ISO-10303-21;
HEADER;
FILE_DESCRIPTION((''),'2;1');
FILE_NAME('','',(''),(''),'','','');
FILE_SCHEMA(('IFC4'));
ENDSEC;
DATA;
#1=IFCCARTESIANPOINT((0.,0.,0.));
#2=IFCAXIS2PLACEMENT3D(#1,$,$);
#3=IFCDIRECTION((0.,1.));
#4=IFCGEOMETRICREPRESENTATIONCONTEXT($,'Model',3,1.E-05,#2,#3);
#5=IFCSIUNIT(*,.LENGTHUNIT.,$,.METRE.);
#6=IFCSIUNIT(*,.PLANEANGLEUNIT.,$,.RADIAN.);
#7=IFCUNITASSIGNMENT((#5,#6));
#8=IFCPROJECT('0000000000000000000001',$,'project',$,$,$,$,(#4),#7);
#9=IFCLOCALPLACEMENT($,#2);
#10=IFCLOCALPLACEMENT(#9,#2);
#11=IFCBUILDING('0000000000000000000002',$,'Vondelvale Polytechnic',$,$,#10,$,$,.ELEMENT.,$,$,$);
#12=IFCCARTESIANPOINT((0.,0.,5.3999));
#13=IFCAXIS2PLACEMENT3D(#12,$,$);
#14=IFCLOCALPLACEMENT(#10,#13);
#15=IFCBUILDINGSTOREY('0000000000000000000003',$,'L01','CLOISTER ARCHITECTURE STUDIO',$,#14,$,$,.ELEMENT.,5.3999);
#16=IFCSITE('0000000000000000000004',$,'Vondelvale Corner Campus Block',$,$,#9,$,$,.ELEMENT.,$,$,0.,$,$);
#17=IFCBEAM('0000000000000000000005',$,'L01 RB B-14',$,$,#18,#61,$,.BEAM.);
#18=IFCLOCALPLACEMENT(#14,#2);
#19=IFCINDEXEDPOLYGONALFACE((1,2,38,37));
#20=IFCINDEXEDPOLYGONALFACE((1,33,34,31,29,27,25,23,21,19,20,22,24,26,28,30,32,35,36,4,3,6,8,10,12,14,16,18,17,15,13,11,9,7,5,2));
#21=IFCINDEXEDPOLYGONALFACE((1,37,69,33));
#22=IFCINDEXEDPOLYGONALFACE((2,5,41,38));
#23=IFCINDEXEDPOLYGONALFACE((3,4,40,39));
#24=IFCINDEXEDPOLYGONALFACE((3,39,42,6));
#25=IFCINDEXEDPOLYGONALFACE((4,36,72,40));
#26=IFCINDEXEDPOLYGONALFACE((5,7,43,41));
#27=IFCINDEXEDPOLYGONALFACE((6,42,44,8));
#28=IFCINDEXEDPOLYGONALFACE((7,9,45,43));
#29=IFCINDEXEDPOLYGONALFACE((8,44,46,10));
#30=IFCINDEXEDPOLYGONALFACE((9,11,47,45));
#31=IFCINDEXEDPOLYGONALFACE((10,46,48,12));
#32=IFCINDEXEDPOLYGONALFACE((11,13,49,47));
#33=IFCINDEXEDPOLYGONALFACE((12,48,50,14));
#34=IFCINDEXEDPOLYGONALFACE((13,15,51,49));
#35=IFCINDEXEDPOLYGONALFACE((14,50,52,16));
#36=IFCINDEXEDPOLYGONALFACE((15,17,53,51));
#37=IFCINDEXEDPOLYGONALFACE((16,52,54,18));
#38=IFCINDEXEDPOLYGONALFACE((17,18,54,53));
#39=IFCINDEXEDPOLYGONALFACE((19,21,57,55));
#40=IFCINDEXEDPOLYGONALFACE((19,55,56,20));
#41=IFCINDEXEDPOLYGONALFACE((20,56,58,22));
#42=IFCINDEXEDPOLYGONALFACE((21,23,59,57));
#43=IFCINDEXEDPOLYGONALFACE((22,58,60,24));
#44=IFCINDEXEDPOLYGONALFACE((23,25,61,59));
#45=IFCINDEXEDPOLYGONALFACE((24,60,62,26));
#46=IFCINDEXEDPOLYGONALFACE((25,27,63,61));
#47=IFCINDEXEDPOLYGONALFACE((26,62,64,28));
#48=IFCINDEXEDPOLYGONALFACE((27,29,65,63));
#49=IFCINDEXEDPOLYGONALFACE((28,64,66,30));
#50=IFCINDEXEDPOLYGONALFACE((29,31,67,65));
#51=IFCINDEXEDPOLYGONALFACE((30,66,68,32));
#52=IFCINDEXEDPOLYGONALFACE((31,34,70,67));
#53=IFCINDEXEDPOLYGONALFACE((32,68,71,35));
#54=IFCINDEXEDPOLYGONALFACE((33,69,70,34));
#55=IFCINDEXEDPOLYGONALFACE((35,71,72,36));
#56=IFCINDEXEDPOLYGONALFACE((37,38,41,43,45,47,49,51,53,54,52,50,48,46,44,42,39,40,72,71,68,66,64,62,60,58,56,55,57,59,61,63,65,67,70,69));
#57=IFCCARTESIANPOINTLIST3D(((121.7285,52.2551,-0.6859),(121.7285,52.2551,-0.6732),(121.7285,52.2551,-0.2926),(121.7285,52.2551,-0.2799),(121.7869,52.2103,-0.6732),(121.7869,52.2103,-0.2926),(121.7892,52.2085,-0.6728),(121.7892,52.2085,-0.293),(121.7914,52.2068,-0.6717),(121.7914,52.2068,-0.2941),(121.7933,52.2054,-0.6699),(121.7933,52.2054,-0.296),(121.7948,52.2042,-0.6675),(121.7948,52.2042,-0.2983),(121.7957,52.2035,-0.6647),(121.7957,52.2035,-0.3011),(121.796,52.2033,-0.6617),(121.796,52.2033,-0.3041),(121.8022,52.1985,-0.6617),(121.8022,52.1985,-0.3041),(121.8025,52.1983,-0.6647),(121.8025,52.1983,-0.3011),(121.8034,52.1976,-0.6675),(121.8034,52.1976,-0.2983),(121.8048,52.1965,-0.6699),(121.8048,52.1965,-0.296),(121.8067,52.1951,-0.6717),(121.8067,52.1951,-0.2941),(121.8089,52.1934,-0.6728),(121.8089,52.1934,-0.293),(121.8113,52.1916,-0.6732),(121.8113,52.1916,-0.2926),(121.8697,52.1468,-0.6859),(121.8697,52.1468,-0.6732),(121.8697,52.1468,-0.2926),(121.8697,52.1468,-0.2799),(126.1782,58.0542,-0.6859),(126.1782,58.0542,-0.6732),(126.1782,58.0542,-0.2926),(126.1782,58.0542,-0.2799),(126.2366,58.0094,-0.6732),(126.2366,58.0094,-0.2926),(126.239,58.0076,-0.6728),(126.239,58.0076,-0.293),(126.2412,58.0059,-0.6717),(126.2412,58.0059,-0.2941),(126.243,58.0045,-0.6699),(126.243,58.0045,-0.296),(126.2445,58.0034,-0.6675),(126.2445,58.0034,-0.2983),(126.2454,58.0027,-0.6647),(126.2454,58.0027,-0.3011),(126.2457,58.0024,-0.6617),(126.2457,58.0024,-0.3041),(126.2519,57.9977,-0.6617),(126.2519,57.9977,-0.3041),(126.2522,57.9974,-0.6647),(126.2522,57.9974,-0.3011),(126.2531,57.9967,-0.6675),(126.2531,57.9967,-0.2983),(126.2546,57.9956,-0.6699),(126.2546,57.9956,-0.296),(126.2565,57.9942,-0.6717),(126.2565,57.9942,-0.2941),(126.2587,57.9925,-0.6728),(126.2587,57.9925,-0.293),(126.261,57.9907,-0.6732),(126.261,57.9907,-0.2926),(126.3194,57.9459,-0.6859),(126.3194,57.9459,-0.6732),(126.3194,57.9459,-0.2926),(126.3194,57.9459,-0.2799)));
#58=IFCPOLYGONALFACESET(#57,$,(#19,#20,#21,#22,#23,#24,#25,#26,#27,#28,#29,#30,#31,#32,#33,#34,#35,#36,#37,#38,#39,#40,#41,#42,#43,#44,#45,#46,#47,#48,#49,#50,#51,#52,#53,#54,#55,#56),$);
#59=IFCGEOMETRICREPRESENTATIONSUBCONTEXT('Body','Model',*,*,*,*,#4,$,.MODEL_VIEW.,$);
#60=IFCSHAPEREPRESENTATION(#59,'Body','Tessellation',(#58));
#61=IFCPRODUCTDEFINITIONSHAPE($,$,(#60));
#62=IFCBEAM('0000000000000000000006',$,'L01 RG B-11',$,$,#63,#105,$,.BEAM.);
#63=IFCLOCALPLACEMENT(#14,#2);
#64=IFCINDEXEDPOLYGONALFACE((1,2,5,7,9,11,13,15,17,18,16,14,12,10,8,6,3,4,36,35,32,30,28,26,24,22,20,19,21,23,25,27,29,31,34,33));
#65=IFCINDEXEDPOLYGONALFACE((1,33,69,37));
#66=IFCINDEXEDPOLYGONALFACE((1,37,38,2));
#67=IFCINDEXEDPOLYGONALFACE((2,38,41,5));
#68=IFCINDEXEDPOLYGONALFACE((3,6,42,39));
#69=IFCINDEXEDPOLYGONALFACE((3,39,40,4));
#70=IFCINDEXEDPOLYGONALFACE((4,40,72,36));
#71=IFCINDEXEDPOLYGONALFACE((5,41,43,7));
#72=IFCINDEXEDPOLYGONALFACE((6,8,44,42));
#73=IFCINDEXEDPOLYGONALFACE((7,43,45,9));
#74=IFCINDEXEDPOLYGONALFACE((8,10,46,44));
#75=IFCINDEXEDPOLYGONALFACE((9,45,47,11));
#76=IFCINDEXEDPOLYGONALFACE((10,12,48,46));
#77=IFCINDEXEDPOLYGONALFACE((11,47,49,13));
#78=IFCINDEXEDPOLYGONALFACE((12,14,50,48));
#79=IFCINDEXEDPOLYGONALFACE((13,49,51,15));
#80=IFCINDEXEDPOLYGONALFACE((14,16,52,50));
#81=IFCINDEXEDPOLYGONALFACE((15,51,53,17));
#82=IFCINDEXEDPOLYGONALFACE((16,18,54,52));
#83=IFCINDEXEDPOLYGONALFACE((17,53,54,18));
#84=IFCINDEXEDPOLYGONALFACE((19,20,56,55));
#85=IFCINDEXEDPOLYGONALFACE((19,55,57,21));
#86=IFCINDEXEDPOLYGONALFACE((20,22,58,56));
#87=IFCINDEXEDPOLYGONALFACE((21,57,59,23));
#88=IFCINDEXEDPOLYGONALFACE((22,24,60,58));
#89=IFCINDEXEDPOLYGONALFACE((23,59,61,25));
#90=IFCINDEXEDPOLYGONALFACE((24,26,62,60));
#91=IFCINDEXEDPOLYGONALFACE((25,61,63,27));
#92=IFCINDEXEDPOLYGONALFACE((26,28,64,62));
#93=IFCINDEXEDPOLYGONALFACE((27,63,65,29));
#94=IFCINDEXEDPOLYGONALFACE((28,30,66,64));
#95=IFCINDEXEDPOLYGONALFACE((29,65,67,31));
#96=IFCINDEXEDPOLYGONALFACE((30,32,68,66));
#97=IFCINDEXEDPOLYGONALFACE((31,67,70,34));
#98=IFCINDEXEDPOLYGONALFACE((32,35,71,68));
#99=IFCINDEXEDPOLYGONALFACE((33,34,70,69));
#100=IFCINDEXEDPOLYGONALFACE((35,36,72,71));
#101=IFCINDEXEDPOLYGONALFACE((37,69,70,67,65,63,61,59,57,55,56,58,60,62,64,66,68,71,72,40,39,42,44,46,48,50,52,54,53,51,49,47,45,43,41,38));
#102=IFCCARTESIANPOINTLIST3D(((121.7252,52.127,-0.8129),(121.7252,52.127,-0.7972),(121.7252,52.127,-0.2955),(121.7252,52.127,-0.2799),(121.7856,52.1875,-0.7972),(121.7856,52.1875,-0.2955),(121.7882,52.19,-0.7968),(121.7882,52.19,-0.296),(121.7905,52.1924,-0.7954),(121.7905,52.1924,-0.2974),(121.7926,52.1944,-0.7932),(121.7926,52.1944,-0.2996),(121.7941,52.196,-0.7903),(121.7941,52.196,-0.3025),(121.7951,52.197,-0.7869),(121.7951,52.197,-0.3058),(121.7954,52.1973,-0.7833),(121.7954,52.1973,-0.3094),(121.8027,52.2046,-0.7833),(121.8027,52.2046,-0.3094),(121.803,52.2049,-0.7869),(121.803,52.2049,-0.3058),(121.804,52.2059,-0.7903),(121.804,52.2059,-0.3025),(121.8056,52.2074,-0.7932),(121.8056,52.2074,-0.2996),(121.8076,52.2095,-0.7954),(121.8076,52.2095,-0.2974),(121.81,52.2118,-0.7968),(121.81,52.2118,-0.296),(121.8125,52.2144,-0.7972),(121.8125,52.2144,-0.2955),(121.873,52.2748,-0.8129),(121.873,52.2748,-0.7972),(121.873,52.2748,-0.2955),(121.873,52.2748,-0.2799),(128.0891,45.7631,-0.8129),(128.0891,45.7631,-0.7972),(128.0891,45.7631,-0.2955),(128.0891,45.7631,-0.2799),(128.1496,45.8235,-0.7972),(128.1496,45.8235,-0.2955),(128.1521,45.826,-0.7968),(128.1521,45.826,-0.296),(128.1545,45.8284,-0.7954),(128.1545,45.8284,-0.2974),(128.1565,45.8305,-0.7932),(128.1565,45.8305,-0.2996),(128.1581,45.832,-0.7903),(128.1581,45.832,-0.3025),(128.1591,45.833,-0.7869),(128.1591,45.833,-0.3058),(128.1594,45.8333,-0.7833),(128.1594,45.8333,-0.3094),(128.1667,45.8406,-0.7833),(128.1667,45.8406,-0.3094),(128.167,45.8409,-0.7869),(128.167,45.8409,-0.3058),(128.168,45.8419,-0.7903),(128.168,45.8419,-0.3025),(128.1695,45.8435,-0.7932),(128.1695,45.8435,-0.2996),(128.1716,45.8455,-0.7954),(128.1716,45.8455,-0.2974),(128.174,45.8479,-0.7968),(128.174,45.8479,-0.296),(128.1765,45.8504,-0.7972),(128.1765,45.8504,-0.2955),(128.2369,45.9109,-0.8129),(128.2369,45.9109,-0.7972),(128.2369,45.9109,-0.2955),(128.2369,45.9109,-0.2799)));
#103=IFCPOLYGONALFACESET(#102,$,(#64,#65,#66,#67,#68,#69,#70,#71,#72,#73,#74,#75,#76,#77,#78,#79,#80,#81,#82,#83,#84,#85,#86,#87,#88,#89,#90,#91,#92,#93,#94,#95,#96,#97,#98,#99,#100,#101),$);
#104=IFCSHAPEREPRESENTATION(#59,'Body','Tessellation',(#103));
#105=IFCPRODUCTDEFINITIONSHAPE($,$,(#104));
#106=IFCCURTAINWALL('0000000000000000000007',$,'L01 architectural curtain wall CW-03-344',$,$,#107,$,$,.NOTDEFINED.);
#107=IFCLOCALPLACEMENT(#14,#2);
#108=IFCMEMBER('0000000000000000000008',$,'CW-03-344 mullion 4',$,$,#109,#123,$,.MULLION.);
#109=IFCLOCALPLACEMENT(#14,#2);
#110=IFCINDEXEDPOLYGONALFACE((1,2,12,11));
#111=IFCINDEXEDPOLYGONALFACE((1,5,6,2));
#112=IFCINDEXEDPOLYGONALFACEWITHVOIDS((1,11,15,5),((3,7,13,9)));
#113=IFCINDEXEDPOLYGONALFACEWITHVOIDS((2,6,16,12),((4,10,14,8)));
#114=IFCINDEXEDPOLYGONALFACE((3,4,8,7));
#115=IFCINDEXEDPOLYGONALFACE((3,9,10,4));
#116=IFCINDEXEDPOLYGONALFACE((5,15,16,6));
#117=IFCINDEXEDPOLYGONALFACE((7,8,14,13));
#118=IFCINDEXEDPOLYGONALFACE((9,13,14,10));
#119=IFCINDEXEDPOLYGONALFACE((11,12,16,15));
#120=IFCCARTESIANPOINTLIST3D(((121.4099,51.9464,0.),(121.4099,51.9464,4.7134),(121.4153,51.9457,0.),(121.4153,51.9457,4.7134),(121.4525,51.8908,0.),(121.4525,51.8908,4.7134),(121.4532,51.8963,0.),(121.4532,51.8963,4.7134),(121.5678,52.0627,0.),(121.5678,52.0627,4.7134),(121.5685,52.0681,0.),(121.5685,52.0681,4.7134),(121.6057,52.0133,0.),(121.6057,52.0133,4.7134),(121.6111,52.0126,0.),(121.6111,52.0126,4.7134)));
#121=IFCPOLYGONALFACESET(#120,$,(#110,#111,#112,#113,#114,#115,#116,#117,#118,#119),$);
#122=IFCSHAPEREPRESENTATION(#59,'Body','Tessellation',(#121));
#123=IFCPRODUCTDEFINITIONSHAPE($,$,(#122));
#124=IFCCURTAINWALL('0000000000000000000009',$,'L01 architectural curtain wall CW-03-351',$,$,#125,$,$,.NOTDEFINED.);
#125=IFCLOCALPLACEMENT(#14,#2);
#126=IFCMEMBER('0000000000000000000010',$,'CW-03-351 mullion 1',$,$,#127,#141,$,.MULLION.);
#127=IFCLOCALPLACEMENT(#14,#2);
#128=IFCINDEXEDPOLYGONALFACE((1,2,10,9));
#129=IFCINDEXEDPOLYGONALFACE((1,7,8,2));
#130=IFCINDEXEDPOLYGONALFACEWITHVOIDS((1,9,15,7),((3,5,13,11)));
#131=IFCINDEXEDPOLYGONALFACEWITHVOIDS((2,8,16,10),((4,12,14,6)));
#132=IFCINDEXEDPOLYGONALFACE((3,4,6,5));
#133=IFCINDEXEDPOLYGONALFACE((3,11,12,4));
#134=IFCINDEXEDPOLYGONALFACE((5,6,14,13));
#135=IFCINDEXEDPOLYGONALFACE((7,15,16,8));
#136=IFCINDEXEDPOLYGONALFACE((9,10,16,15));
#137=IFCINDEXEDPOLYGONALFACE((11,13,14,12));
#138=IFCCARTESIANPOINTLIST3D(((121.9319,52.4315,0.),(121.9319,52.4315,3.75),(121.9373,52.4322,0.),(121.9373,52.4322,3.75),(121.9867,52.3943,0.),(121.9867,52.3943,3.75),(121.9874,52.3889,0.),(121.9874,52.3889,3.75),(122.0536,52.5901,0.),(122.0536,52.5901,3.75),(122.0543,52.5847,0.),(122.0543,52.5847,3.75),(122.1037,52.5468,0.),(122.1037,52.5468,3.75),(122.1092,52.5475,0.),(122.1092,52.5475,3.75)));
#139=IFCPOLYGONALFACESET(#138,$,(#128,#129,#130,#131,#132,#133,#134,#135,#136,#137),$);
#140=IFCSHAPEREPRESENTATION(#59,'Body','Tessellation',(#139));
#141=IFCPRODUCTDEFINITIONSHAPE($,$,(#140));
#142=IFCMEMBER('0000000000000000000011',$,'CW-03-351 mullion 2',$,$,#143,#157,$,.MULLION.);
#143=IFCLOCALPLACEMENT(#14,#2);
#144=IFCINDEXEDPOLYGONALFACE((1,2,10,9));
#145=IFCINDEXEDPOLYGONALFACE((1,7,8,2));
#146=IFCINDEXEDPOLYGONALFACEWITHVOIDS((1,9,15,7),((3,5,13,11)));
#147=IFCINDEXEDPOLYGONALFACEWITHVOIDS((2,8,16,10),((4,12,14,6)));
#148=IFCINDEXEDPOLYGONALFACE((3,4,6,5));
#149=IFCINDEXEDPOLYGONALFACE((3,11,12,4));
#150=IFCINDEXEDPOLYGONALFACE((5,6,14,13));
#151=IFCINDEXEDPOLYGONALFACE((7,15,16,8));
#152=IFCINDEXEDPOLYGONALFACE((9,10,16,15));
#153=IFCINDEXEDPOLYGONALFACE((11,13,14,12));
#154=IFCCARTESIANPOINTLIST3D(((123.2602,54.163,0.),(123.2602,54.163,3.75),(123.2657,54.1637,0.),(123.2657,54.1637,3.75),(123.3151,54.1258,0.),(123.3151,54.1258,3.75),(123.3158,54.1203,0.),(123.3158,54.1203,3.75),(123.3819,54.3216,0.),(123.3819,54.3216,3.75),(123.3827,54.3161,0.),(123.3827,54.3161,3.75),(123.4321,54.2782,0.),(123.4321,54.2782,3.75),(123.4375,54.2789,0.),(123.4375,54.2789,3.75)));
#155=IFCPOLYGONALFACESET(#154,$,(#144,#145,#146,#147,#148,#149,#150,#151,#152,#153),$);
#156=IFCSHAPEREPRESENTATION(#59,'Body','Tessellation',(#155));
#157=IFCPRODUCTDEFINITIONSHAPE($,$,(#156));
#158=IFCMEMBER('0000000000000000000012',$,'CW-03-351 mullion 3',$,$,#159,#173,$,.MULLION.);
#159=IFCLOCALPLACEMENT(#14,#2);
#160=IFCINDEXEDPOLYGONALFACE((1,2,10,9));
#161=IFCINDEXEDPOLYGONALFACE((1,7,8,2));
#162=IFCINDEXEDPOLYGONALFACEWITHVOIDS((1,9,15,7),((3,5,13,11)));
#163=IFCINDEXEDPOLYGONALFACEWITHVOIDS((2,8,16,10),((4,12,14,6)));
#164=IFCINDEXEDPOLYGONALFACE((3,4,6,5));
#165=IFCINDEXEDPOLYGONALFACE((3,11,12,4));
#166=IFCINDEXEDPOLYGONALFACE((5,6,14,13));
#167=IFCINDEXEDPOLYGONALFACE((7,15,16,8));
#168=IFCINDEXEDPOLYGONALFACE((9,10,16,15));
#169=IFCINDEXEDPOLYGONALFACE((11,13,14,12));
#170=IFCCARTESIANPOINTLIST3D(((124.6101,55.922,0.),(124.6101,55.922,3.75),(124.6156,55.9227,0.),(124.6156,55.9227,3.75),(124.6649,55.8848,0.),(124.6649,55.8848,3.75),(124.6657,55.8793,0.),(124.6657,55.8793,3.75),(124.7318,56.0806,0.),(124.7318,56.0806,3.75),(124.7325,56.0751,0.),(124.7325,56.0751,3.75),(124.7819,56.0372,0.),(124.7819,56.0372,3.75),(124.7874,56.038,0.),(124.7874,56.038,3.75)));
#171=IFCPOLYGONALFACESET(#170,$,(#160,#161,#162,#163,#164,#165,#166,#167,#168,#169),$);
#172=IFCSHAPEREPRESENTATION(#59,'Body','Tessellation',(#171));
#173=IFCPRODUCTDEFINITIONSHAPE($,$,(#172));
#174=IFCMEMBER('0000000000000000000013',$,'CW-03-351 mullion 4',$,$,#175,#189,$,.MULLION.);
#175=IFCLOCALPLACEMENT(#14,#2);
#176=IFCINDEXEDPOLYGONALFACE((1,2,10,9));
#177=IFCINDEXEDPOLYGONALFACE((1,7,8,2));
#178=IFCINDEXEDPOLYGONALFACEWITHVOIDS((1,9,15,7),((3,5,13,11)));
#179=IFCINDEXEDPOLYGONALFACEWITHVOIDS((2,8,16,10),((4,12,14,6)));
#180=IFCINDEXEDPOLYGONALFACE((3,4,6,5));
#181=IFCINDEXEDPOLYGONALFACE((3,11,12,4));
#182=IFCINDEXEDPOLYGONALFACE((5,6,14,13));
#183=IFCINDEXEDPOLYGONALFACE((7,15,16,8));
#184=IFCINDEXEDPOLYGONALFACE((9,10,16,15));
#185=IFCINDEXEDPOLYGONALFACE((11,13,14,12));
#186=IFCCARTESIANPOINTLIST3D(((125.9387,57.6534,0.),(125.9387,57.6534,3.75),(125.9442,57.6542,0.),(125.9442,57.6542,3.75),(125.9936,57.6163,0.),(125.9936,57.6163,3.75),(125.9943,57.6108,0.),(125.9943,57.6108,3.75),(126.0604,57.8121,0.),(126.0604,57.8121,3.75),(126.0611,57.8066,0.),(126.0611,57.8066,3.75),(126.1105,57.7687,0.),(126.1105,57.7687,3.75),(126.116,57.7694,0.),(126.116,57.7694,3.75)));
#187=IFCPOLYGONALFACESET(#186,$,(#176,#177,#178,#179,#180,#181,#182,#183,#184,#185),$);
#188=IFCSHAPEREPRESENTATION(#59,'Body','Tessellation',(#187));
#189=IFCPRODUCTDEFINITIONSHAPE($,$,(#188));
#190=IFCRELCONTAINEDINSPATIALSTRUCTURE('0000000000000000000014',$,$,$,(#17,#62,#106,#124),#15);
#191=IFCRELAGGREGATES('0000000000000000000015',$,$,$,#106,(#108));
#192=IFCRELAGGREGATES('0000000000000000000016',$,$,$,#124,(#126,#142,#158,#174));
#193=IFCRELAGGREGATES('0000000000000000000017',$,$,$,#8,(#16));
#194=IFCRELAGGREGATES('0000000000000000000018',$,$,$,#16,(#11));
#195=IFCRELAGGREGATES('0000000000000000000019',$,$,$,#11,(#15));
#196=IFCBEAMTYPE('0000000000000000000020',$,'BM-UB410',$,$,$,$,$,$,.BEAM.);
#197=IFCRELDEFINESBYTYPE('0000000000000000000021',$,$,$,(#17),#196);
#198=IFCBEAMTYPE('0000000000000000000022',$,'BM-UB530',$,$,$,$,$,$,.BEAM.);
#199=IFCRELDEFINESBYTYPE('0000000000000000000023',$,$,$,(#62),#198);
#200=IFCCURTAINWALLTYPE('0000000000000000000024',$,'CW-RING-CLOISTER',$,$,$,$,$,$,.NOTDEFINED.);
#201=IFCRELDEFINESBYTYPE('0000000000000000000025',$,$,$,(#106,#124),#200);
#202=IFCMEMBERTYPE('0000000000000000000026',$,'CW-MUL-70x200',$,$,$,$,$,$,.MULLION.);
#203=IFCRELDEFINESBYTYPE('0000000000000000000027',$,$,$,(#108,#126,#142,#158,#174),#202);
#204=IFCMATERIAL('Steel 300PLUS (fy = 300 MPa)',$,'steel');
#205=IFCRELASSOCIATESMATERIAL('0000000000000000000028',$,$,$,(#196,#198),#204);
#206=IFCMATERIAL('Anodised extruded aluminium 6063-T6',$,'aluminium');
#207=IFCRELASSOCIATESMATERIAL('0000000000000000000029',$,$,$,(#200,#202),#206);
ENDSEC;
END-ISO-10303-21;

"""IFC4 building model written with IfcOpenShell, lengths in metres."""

from ifc_helpers import new_model, si_unit, direction, frame, origin, origin_2d, place, context, subcontext, project, spatial, hollow_rectangle, i_section, extrude, material, material_profile, profile_set, type_object, element, aggregate, save


model = new_model("IFC4")

# Units and contexts
model_context = context("Model", 3, precision=1e-05, world=origin(), true_north=direction((0.0, 1.0)))
body_context = subcontext(model_context, "Body", "Model", "MODEL_VIEW")
ifc_project = project(units=[si_unit("LENGTHUNIT", "METRE"), si_unit("PLANEANGLEUNIT", "RADIAN")], contexts=[model_context])

# Site, building, storey
site_placement = place(None, origin())
site = spatial("IfcSite", under=ifc_project, at=site_placement, Name="Vondelvale Corner Campus Block", CompositionType="ELEMENT", RefElevation=0.0)
building_placement = place(site_placement, origin())
building = spatial("IfcBuilding", under=site, at=building_placement, Name="Vondelvale Polytechnic", CompositionType="ELEMENT")
storey_placement = place(building_placement, frame((0.0, 0.0, 5.3999)))
storey = spatial("IfcBuildingStorey", under=building, at=storey_placement, Name="L01", Description="CLOISTER ARCHITECTURE STUDIO", CompositionType="ELEMENT", Elevation=5.3999)

# Beams
ifc_material_1 = material(Name="Steel 300PLUS (fy = 300 MPa)", Category="steel")
ifc_material_profile_1 = material_profile(ifc_material_1, i_section(OverallWidth=0.178, OverallDepth=0.406, WebThickness=0.0078, FlangeThickness=0.0127, FilletRadius=0.0115, at=origin_2d()), Name="410UB59.7")
ifc_profile_set_1 = profile_set([ifc_material_profile_1], Name="Steel 300PLUS (fy = 300 MPa)")
beam_type_1 = type_object("IfcBeamType", Name="BM-UB410", PredefinedType="BEAM", material=ifc_profile_set_1)
beam_1_placement = place(storey_placement, frame((121.7991, 52.2009, -0.4829), z_axis=(0.608755, 0.793358, 0.0), x_axis=(-0.793358, 0.608755, 0.0)))
element("IfcBeam", 1, at=beam_1_placement, inside=storey, type_object=beam_type_1, Name="L01 RB B-14", PredefinedType="BEAM", context=body_context, shape_type="SweptSolid", body=[
    extrude(i_section(OverallWidth=0.178, OverallDepth=0.406, WebThickness=0.0078, FlangeThickness=0.0127, FilletRadius=0.0115, at=origin_2d()), origin(), (0.0, 0.0, 1.0), 7.3096),
])
ifc_material_profile_2 = material_profile(ifc_material_1, i_section(OverallWidth=0.209, OverallDepth=0.533, WebThickness=0.0103, FlangeThickness=0.0156, FilletRadius=0.0139, at=origin_2d()), Name="530UB92.4")
ifc_profile_set_2 = profile_set([ifc_material_profile_2], Name="Steel 300PLUS (fy = 300 MPa)")
beam_type_2 = type_object("IfcBeamType", Name="BM-UB530", PredefinedType="BEAM", material=ifc_profile_set_2)
beam_2_placement = place(storey_placement, frame((121.7991, 52.2009, -0.5464), z_axis=(0.707107, -0.707107, 0.0), x_axis=(0.707107, 0.707107, 0.0)))
element("IfcBeam", 2, at=beam_2_placement, inside=storey, type_object=beam_type_2, Name="L01 RG B-11", PredefinedType="BEAM", context=body_context, shape_type="SweptSolid", body=[
    extrude(i_section(OverallWidth=0.209, OverallDepth=0.533, WebThickness=0.0103, FlangeThickness=0.0156, FilletRadius=0.0139, at=origin_2d()), origin(), (0.0, 0.0, 1.0), 9.0),
])

# Curtain wall, member
ifc_material_2 = material(Name="Anodised extruded aluminium 6063-T6", Category="aluminium")
curtain_wall_type = type_object("IfcCurtainWallType", Name="CW-RING-CLOISTER", PredefinedType="NOTDEFINED", material=ifc_material_2)
curtain_wall_1_placement = place(storey_placement, origin())
curtain_wall_1 = element("IfcCurtainWall", 3, at=curtain_wall_1_placement, inside=storey, type_object=curtain_wall_type, Name="L01 architectural curtain wall CW-03-344", PredefinedType="NOTDEFINED")
ifc_material_profile_3 = material_profile(ifc_material_2, hollow_rectangle(XDim=0.0701, YDim=0.2, WallThickness=0.0039, at=origin_2d()), Name="CW-MUL-200x70")
ifc_profile_set_3 = profile_set([ifc_material_profile_3], Name="Anodised extruded aluminium 6063-T6")
member_type_1 = type_object("IfcMemberType", Name="CW-MUL-70x200", PredefinedType="MULLION", material=ifc_profile_set_3)
member_1_placement = place(storey_placement, frame((121.5105, 51.9795, 0.0), z_axis=(0.0, 0.0, 1.0), x_axis=(-0.608748, 0.793364, 0.0)))
member_1 = element("IfcMember", 4, at=member_1_placement, type_object=member_type_1, Name="CW-03-344 mullion 4", PredefinedType="MULLION", context=body_context, shape_type="SweptSolid", body=[
    extrude(hollow_rectangle(XDim=0.0701, YDim=0.2, WallThickness=0.0039, at=origin_2d()), origin(), (0.0, 0.0, 1.0), 4.7134),
])

# Curtain wall, members
curtain_wall_2_placement = place(storey_placement, origin())
curtain_wall_2 = element("IfcCurtainWall", 5, at=curtain_wall_2_placement, inside=storey, type_object=curtain_wall_type, Name="L01 architectural curtain wall CW-03-351", PredefinedType="NOTDEFINED")
member_2_placement = place(storey_placement, frame((122.0205, 52.4895, 0.0), z_axis=(0.0, 0.0, 1.0), x_axis=(-0.793364, 0.608748, 0.0)))
member_2 = element("IfcMember", 6, at=member_2_placement, type_object=member_type_1, Name="CW-03-351 mullion 1", PredefinedType="MULLION", context=body_context, shape_type="SweptSolid", body=[
    extrude(hollow_rectangle(XDim=0.0701, YDim=0.2, WallThickness=0.0039, at=origin_2d()), origin(), (0.0, 0.0, 1.0), 3.75),
])
member_3_placement = place(storey_placement, frame((123.3489, 54.2209, 0.0), z_axis=(0.0, 0.0, 1.0), x_axis=(-0.793364, 0.608748, 0.0)))
member_3 = element("IfcMember", 7, at=member_3_placement, type_object=member_type_1, Name="CW-03-351 mullion 2", PredefinedType="MULLION", context=body_context, shape_type="SweptSolid", body=[
    extrude(hollow_rectangle(XDim=0.0701, YDim=0.2, WallThickness=0.0039, at=origin_2d()), origin(), (0.0, 0.0, 1.0), 3.75),
])
member_4_placement = place(storey_placement, frame((124.6987, 55.98, 0.0), z_axis=(0.0, 0.0, 1.0), x_axis=(-0.793364, 0.608748, 0.0)))
member_4 = element("IfcMember", 8, at=member_4_placement, type_object=member_type_1, Name="CW-03-351 mullion 3", PredefinedType="MULLION", context=body_context, shape_type="SweptSolid", body=[
    extrude(hollow_rectangle(XDim=0.0701, YDim=0.2, WallThickness=0.0039, at=origin_2d()), origin(), (0.0, 0.0, 1.0), 3.75),
])
member_5_placement = place(storey_placement, frame((126.0273, 57.7114, 0.0), z_axis=(0.0, 0.0, 1.0), x_axis=(-0.793364, 0.608748, 0.0)))
member_5 = element("IfcMember", 9, at=member_5_placement, type_object=member_type_1, Name="CW-03-351 mullion 4", PredefinedType="MULLION", context=body_context, shape_type="SweptSolid", body=[
    extrude(hollow_rectangle(XDim=0.0701, YDim=0.2, WallThickness=0.0039, at=origin_2d()), origin(), (0.0, 0.0, 1.0), 3.75),
])

aggregate(curtain_wall_1, [member_1])
aggregate(curtain_wall_2, [member_2, member_3, member_4, member_5])

save(model, "model.ifc")
